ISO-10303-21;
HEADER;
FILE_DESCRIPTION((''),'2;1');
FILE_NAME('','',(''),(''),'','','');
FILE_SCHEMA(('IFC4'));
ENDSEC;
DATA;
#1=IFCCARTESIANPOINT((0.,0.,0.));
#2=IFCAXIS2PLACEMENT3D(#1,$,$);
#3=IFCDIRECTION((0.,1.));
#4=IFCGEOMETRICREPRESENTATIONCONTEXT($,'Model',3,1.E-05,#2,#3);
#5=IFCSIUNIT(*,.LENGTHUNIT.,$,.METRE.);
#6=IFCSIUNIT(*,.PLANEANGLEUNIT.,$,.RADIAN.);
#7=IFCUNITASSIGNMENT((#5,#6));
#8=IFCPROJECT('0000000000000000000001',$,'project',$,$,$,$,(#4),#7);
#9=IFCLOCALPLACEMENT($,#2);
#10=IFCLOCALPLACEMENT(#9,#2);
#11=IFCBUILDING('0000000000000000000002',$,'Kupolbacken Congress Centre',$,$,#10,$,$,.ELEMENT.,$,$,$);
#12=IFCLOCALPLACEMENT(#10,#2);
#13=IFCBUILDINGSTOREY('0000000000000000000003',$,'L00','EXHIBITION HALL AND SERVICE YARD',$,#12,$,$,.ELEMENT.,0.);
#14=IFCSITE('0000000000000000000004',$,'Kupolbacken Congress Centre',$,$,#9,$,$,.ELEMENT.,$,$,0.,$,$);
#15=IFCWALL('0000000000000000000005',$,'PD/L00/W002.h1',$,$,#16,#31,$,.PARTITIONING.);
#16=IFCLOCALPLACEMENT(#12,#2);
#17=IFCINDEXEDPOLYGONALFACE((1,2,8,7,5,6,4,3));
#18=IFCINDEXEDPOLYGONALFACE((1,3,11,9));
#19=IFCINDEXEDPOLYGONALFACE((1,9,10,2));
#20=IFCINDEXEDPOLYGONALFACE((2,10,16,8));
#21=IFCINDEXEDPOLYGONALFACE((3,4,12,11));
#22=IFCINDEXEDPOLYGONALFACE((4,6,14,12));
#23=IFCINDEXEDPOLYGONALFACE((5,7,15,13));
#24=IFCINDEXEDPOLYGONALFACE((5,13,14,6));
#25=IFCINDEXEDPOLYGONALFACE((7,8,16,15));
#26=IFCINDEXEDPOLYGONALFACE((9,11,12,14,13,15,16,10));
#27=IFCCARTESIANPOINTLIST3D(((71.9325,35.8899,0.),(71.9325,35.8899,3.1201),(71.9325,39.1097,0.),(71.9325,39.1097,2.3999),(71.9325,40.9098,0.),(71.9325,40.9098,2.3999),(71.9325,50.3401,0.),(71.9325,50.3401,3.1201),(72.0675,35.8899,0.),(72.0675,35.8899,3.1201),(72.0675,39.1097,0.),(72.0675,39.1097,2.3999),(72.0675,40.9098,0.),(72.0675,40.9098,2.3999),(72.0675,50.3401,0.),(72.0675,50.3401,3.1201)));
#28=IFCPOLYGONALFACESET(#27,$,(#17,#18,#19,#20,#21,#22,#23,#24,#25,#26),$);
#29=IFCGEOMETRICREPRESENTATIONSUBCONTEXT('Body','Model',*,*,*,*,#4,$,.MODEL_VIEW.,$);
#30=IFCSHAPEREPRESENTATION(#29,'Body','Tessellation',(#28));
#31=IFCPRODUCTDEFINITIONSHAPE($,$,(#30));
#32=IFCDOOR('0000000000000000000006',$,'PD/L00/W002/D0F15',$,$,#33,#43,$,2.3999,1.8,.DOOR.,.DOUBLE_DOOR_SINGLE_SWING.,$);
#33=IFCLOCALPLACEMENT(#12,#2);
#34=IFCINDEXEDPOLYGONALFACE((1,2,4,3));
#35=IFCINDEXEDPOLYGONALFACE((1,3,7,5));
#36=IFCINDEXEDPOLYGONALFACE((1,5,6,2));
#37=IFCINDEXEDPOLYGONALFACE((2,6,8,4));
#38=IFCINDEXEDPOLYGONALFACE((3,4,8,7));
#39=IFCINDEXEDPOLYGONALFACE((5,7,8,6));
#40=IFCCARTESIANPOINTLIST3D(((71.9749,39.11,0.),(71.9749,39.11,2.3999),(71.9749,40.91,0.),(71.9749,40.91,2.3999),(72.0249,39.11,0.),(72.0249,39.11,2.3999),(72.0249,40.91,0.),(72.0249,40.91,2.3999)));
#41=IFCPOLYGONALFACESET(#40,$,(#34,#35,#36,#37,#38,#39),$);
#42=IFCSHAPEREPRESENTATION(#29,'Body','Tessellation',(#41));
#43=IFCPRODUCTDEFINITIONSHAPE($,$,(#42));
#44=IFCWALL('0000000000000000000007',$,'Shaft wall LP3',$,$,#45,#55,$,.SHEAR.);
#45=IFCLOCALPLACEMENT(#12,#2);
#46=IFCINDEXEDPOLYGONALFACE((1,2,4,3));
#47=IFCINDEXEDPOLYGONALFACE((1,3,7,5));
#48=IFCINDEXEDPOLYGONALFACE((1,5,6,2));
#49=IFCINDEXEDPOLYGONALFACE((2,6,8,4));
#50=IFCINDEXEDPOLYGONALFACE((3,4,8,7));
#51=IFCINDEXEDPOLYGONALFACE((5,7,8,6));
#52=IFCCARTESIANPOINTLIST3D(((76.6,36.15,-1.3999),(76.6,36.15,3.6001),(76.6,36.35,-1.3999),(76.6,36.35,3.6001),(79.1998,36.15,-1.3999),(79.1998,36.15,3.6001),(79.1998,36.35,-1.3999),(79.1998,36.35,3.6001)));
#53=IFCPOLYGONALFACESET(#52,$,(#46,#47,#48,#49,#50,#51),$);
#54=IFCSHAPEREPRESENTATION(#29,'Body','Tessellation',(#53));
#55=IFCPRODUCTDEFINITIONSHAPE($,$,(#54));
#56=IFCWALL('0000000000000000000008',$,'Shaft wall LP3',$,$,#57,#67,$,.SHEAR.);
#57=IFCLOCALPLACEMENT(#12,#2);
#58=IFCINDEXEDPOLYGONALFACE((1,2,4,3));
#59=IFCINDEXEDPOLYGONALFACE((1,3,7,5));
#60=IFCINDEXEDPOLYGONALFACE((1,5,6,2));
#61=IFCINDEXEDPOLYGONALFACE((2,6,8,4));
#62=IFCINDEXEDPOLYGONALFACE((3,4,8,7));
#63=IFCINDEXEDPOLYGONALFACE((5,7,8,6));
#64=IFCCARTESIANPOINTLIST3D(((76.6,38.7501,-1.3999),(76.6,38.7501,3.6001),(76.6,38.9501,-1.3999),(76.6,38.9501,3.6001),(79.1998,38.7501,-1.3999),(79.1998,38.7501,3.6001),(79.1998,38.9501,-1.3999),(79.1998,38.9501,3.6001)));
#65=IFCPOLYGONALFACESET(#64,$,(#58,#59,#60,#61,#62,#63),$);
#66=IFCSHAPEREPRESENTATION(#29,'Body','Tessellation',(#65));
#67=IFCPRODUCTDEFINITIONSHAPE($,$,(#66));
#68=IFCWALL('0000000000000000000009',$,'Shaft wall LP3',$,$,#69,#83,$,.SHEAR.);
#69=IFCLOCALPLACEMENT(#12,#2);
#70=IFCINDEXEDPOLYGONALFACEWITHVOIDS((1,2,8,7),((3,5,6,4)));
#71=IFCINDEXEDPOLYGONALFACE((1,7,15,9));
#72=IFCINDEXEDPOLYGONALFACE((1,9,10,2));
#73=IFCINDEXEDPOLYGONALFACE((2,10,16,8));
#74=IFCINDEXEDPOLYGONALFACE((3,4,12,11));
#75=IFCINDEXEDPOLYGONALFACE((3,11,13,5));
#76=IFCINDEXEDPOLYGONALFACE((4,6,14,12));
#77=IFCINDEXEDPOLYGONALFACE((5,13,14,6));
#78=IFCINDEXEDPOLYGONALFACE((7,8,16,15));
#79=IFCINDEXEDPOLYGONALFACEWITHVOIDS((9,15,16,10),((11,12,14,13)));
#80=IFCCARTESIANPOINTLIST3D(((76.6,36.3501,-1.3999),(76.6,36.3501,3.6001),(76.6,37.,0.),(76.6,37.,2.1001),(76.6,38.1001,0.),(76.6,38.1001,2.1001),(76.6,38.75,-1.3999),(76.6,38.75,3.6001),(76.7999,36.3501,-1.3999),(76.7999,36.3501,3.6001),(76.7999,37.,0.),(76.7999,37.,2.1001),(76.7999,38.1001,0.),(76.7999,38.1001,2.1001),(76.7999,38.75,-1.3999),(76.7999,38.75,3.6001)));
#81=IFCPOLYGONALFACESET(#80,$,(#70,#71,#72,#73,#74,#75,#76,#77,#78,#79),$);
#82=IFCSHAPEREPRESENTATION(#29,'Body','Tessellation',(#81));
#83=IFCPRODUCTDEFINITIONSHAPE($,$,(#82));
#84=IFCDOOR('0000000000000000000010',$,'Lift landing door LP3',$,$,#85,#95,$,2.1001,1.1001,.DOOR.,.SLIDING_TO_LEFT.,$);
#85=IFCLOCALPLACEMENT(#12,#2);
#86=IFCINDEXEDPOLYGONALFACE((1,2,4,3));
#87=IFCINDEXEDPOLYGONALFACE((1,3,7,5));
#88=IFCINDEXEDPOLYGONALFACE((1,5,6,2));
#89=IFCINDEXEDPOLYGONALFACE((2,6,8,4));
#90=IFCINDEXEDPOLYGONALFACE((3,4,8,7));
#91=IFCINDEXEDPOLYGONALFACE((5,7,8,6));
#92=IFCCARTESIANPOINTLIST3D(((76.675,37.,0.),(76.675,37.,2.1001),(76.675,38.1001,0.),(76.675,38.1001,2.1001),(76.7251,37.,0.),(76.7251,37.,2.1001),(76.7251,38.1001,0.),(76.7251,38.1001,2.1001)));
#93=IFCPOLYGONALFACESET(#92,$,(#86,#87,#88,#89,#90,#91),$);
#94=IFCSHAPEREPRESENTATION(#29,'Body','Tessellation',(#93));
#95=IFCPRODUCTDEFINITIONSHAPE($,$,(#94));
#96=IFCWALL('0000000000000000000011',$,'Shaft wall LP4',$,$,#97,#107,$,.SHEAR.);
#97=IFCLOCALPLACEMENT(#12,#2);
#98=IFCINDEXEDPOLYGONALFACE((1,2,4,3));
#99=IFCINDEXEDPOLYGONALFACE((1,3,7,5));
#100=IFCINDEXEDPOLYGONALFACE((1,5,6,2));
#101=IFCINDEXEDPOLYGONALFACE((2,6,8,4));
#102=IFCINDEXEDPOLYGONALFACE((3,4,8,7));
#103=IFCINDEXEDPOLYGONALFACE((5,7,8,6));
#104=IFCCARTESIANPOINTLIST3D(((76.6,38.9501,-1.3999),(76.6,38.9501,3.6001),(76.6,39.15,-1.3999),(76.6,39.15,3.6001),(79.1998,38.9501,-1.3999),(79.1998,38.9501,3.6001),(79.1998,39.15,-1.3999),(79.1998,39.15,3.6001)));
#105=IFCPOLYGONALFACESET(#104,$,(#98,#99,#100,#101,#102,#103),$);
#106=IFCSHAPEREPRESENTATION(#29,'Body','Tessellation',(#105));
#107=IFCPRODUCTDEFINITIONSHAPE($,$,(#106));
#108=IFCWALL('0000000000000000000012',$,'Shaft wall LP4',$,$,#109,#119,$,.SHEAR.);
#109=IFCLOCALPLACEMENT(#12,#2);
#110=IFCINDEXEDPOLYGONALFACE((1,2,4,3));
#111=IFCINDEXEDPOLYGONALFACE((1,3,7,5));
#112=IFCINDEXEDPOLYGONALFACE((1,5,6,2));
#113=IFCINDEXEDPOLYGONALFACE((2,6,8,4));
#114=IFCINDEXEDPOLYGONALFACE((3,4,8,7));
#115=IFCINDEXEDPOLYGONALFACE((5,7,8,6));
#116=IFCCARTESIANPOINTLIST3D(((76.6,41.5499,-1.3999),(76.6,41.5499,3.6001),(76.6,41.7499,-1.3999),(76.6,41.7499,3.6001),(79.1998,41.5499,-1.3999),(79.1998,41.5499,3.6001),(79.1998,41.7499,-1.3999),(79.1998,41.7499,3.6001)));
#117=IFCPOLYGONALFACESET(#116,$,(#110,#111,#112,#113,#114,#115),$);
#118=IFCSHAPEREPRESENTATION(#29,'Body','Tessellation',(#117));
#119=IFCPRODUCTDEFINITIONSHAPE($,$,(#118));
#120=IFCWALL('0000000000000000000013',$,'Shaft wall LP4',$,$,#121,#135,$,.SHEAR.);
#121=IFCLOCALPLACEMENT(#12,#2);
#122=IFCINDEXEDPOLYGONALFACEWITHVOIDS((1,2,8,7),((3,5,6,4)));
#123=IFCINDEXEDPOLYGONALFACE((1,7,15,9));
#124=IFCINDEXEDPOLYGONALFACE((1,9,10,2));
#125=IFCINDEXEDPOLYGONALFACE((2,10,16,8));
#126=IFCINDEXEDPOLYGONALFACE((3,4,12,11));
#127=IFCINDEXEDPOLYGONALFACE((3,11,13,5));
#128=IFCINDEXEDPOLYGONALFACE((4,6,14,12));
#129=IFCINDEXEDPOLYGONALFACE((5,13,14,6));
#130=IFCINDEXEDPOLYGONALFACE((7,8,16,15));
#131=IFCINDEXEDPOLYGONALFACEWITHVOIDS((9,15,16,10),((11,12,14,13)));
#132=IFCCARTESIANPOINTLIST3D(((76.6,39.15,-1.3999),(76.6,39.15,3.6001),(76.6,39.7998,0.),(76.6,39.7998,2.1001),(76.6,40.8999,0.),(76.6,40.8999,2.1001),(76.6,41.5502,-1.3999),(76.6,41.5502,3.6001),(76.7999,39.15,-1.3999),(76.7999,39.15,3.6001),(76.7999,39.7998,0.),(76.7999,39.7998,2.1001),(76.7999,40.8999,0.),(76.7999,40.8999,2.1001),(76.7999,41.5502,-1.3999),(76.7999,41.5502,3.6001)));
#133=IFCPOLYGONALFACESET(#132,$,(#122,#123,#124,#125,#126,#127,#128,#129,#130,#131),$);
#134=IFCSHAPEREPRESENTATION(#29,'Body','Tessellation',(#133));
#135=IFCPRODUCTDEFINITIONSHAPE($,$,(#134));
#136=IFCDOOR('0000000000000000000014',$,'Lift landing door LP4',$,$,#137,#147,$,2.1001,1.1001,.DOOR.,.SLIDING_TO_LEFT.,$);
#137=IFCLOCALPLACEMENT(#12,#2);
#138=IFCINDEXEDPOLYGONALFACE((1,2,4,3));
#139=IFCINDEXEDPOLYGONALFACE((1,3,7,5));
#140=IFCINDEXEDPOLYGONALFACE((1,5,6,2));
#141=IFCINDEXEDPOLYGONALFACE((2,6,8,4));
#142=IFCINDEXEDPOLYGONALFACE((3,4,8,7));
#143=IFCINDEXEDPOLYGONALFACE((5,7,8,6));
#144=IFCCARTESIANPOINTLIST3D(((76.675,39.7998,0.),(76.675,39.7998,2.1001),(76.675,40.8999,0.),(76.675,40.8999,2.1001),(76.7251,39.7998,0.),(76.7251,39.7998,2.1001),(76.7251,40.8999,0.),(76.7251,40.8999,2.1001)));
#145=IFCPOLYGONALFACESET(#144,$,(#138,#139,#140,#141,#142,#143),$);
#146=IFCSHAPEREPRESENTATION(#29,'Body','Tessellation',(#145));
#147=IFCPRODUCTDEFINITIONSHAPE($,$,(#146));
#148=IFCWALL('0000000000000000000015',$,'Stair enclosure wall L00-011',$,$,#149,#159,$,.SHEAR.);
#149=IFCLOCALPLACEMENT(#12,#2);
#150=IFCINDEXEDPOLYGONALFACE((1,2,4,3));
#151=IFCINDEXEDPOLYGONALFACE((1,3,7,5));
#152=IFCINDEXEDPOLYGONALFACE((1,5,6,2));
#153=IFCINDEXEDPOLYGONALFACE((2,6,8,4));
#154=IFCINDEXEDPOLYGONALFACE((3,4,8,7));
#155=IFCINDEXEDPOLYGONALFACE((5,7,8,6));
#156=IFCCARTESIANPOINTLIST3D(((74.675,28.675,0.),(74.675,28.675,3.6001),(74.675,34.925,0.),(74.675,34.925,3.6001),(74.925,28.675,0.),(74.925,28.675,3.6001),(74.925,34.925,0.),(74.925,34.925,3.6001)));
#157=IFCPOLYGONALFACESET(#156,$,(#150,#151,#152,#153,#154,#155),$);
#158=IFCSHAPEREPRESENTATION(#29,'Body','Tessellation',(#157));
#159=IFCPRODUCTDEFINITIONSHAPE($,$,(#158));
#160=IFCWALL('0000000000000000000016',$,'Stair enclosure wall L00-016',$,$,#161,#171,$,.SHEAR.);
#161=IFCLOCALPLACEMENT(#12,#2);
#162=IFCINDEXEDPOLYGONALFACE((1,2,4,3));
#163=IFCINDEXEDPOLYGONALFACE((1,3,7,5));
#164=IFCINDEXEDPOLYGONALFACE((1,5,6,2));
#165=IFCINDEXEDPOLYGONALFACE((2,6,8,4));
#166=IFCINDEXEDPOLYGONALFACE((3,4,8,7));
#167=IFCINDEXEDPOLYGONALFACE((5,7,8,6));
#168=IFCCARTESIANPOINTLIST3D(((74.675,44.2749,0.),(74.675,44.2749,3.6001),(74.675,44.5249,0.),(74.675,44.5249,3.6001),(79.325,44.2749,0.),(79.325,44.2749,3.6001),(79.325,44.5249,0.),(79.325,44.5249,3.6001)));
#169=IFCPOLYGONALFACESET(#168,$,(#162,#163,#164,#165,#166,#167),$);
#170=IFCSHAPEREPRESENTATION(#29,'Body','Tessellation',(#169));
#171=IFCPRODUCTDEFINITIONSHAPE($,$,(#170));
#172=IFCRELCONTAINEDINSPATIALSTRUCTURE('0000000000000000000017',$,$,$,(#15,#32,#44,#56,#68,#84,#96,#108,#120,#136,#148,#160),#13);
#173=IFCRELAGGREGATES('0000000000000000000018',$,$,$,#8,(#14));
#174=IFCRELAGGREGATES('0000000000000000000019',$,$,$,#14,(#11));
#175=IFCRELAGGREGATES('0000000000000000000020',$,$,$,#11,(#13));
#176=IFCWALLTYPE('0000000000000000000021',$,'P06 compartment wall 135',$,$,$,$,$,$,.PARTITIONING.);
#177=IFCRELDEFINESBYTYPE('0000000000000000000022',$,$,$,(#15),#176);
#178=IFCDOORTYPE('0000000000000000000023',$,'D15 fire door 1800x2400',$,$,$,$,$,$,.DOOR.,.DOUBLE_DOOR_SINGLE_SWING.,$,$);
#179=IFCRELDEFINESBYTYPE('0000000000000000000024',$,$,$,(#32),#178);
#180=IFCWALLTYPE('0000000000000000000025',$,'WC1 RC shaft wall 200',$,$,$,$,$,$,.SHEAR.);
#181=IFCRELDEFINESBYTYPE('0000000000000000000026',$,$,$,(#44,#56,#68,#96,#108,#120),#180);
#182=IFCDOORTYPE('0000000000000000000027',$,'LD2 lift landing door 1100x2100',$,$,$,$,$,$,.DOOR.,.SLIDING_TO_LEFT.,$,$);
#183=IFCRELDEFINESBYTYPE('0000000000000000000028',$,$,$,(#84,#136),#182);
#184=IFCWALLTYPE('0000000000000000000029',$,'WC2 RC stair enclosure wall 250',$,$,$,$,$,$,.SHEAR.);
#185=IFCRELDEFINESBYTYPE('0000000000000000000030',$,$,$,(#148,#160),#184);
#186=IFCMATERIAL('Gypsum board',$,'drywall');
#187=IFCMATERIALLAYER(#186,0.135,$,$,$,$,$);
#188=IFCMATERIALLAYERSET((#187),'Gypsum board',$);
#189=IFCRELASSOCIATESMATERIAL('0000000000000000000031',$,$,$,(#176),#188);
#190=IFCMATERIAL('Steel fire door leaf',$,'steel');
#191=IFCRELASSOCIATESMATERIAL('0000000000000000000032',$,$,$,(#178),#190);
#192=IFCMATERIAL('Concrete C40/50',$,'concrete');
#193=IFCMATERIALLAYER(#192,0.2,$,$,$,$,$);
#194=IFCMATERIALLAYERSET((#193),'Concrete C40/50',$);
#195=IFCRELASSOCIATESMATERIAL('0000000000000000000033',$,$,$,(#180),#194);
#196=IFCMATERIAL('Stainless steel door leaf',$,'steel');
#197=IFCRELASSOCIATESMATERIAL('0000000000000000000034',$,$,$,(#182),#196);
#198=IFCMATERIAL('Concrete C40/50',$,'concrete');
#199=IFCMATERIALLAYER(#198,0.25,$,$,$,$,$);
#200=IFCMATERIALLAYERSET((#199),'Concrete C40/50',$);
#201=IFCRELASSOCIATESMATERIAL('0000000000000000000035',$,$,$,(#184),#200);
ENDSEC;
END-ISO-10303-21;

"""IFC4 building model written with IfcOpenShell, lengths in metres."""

from ifc_helpers import new_model, si_unit, direction, frame, frame_2d, origin, place, context, subcontext, project, spatial, rectangle, extrude, material, layer, layer_set, type_object, element, fill, save


model = new_model("IFC4")

# Units and contexts
model_context = context("Model", 3, precision=1e-05, world=origin(), true_north=direction((0.0, 1.0)))
body_context = subcontext(model_context, "Body", "Model", "MODEL_VIEW")
ifc_project = project(units=[si_unit("LENGTHUNIT", "METRE"), si_unit("PLANEANGLEUNIT", "RADIAN")], contexts=[model_context])

# Site, building, storey
site_placement = place(None, origin())
site = spatial("IfcSite", under=ifc_project, at=site_placement, Name="Kupolbacken Congress Centre", CompositionType="ELEMENT", RefElevation=0.0)
building_placement = place(site_placement, origin())
building = spatial("IfcBuilding", under=site, at=building_placement, Name="Kupolbacken Congress Centre", CompositionType="ELEMENT")
storey_placement = place(building_placement, origin())
storey = spatial("IfcBuildingStorey", under=building, at=storey_placement, Name="L00", Description="EXHIBITION HALL AND SERVICE YARD", CompositionType="ELEMENT", Elevation=0.0)

# Shared definitions
ifc_material_1 = material(Name="Gypsum board", Category="drywall")
ifc_layer_1 = layer(ifc_material_1, 0.135)
ifc_layer_set_1 = layer_set([ifc_layer_1], Name="Gypsum board")
wall_type_1 = type_object("IfcWallType", Name="P06 compartment wall 135", PredefinedType="PARTITIONING", material=ifc_layer_set_1)

# Wall, opening, door
wall_1_placement = place(storey_placement, frame((72.0, 35.8899, 0.0), z_axis=(0.0, 0.0, 1.0), x_axis=(0.0, 1.0, 0.0)))
wall_1 = element("IfcWall", 1, at=wall_1_placement, inside=storey, type_object=wall_type_1, Name="PD/L00/W002.h1", PredefinedType="PARTITIONING", context=body_context, shape_type="SweptSolid", body=[
    extrude(rectangle(XDim=14.4502, YDim=0.135, at=frame_2d((7.2251, 0.0))), origin(), (0.0, 0.0, 1.0), 3.1201),
])
opening_1_placement = place(wall_1_placement, frame((3.22, 0.0, 0.0)))
opening_1 = element("IfcOpeningElement", 2, at=opening_1_placement, cuts=wall_1, PredefinedType="OPENING", context=body_context, shape_type="SweptSolid", body=[
    extrude(rectangle(XDim=1.8, YDim=2.3999, at=frame_2d((0.8999, 1.2))), frame((0.0, 0.0774, 0.0), z_axis=(0.0, -1.0, 0.0), x_axis=(1.0, 0.0, 0.0)), (0.0, 0.0, 1.0), 0.155),
])
ifc_material_2 = material(Name="Steel fire door leaf", Category="steel")
door_type_1 = type_object("IfcDoorType", Name="D15 fire door 1800x2400", OperationType="DOUBLE_DOOR_SINGLE_SWING", PredefinedType="DOOR", material=ifc_material_2)
door_1_placement = place(opening_1_placement, frame((1.8, 0.0, 0.0), z_axis=(0.0, 0.0, 1.0), x_axis=(-1.0, 0.0, 0.0)))
door_1 = element("IfcDoor", 3, at=door_1_placement, inside=storey, type_object=door_type_1, Name="PD/L00/W002/D0F15", OperationType="DOUBLE_DOOR_SINGLE_SWING", OverallHeight=2.3999, OverallWidth=1.8, PredefinedType="DOOR", context=body_context, shape_type="SweptSolid", body=[
    extrude(rectangle(XDim=1.8, YDim=2.3999, at=frame_2d((0.8999, 1.2))), frame((0.0, 0.0249, 0.0), z_axis=(0.0, -1.0, 0.0), x_axis=(1.0, 0.0, 0.0)), (0.0, 0.0, 1.0), 0.05),
])
fill(opening_1, door_1)

# Walls
ifc_material_3 = material(Name="Concrete C40/50", Category="concrete")
ifc_layer_2 = layer(ifc_material_3, 0.2)
ifc_layer_set_2 = layer_set([ifc_layer_2], Name="Concrete C40/50")
wall_type_2 = type_object("IfcWallType", Name="WC1 RC shaft wall 200", PredefinedType="SHEAR", material=ifc_layer_set_2)
for number, where, z_axis, x_axis, name in (
    (4, (76.6001, 36.25, -1.3999), (0.0, 0.0, 1.0), (1.0, 0.0, 0.0), "Shaft wall LP3"),
    (5, (76.6001, 38.8501, -1.3999), (0.0, 0.0, 1.0), (1.0, 0.0, 0.0), "Shaft wall LP3"),
):
    element("IfcWall", number, at=place(storey_placement, frame(where, z_axis=z_axis, x_axis=x_axis)), inside=storey, type_object=wall_type_2, Name=name, PredefinedType="SHEAR", context=body_context, shape_type="SweptSolid", body=[
        extrude(rectangle(XDim=2.5999, YDim=0.2, at=frame_2d((1.2998, 0.0))), origin(), (0.0, 0.0, 1.0), 5.0),
    ])

# Wall, opening, door
wall_2_placement = place(storey_placement, frame((76.7, 36.3501, -1.3999), z_axis=(0.0, 0.0, 1.0), x_axis=(0.0, 1.0, 0.0)))
wall_2 = element("IfcWall", 6, at=wall_2_placement, inside=storey, type_object=wall_type_2, Name="Shaft wall LP3", PredefinedType="SHEAR", context=body_context, shape_type="SweptSolid", body=[
    extrude(rectangle(XDim=2.3999, YDim=0.2, at=frame_2d((1.2, 0.0))), origin(), (0.0, 0.0, 1.0), 5.0),
])
opening_2_placement = place(wall_2_placement, frame((0.6499, 0.0, 1.3999)))
opening_2 = element("IfcOpeningElement", 7, at=opening_2_placement, cuts=wall_2, PredefinedType="OPENING", context=body_context, shape_type="SweptSolid", body=[
    extrude(rectangle(XDim=1.1001, YDim=2.1001, at=frame_2d((0.55, 1.05))), frame((0.0, 0.1099, 0.0), z_axis=(0.0, -1.0, 0.0), x_axis=(1.0, 0.0, 0.0)), (0.0, 0.0, 1.0), 0.22),
])
ifc_material_4 = material(Name="Stainless steel door leaf", Category="steel")
door_type_2 = type_object("IfcDoorType", Name="LD2 lift landing door 1100x2100", OperationType="SLIDING_TO_LEFT", PredefinedType="DOOR", material=ifc_material_4)
door_2_placement = place(opening_2_placement, origin())
door_2 = element("IfcDoor", 8, at=door_2_placement, inside=storey, type_object=door_type_2, Name="Lift landing door LP3", OperationType="SLIDING_TO_LEFT", OverallHeight=2.1001, OverallWidth=1.1001, PredefinedType="DOOR", context=body_context, shape_type="SweptSolid", body=[
    extrude(rectangle(XDim=1.1001, YDim=2.1001, at=frame_2d((0.55, 1.05))), frame((0.0, 0.0249, 0.0), z_axis=(0.0, -1.0, 0.0), x_axis=(1.0, 0.0, 0.0)), (0.0, 0.0, 1.0), 0.05),
])
fill(opening_2, door_2)

# Walls
for number, where, z_axis, x_axis, name in (
    (9, (76.6001, 39.05, -1.3999), (0.0, 0.0, 1.0), (1.0, 0.0, 0.0), "Shaft wall LP4"),
    (10, (76.6001, 41.6499, -1.3999), (0.0, 0.0, 1.0), (1.0, 0.0, 0.0), "Shaft wall LP4"),
):
    element("IfcWall", number, at=place(storey_placement, frame(where, z_axis=z_axis, x_axis=x_axis)), inside=storey, type_object=wall_type_2, Name=name, PredefinedType="SHEAR", context=body_context, shape_type="SweptSolid", body=[
        extrude(rectangle(XDim=2.5999, YDim=0.2, at=frame_2d((1.2998, 0.0))), origin(), (0.0, 0.0, 1.0), 5.0),
    ])

# Wall, opening, door
wall_3_placement = place(storey_placement, frame((76.7, 39.1499, -1.3999), z_axis=(0.0, 0.0, 1.0), x_axis=(0.0, 1.0, 0.0)))
wall_3 = element("IfcWall", 11, at=wall_3_placement, inside=storey, type_object=wall_type_2, Name="Shaft wall LP4", PredefinedType="SHEAR", context=body_context, shape_type="SweptSolid", body=[
    extrude(rectangle(XDim=2.4001, YDim=0.2, at=frame_2d((1.2002, 0.0))), origin(), (0.0, 0.0, 1.0), 5.0),
])
opening_3_placement = place(wall_3_placement, frame((0.6499, 0.0, 1.3999)))
opening_3 = element("IfcOpeningElement", 12, at=opening_3_placement, cuts=wall_3, PredefinedType="OPENING", context=body_context, shape_type="SweptSolid", body=[
    extrude(rectangle(XDim=1.1001, YDim=2.1001, at=frame_2d((0.55, 1.05))), frame((0.0, 0.1099, 0.0), z_axis=(0.0, -1.0, 0.0), x_axis=(1.0, 0.0, 0.0)), (0.0, 0.0, 1.0), 0.22),
])
door_3_placement = place(opening_3_placement, origin())
door_3 = element("IfcDoor", 13, at=door_3_placement, inside=storey, type_object=door_type_2, Name="Lift landing door LP4", OperationType="SLIDING_TO_LEFT", OverallHeight=2.1001, OverallWidth=1.1001, PredefinedType="DOOR", context=body_context, shape_type="SweptSolid", body=[
    extrude(rectangle(XDim=1.1001, YDim=2.1001, at=frame_2d((0.55, 1.05))), frame((0.0, 0.0249, 0.0), z_axis=(0.0, -1.0, 0.0), x_axis=(1.0, 0.0, 0.0)), (0.0, 0.0, 1.0), 0.05),
])
fill(opening_3, door_3)

# Walls
ifc_material_5 = material(Name="Concrete C40/50", Category="concrete")
ifc_layer_3 = layer(ifc_material_5, 0.25)
ifc_layer_set_3 = layer_set([ifc_layer_3], Name="Concrete C40/50")
wall_type_3 = type_object("IfcWallType", Name="WC2 RC stair enclosure wall 250", PredefinedType="SHEAR", material=ifc_layer_set_3)
wall_4_placement = place(storey_placement, frame((74.8, 34.925, 0.0), z_axis=(0.0, 0.0, 1.0), x_axis=(0.0, -1.0, 0.0)))
element("IfcWall", 14, at=wall_4_placement, inside=storey, type_object=wall_type_3, Name="Stair enclosure wall L00-011", PredefinedType="SHEAR", context=body_context, shape_type="SweptSolid", body=[
    extrude(rectangle(XDim=6.25, YDim=0.25, at=frame_2d((3.125, 0.0))), origin(), (0.0, 0.0, 1.0), 3.6001),
])
wall_5_placement = place(storey_placement, frame((74.675, 44.3999, 0.0), z_axis=(0.0, 0.0, 1.0), x_axis=(1.0, 0.0, 0.0)))
element("IfcWall", 15, at=wall_5_placement, inside=storey, type_object=wall_type_3, Name="Stair enclosure wall L00-016", PredefinedType="SHEAR", context=body_context, shape_type="SweptSolid", body=[
    extrude(rectangle(XDim=4.6499, YDim=0.25, at=frame_2d((2.325, 0.0))), origin(), (0.0, 0.0, 1.0), 3.6001),
])

save(model, "model.ifc")
